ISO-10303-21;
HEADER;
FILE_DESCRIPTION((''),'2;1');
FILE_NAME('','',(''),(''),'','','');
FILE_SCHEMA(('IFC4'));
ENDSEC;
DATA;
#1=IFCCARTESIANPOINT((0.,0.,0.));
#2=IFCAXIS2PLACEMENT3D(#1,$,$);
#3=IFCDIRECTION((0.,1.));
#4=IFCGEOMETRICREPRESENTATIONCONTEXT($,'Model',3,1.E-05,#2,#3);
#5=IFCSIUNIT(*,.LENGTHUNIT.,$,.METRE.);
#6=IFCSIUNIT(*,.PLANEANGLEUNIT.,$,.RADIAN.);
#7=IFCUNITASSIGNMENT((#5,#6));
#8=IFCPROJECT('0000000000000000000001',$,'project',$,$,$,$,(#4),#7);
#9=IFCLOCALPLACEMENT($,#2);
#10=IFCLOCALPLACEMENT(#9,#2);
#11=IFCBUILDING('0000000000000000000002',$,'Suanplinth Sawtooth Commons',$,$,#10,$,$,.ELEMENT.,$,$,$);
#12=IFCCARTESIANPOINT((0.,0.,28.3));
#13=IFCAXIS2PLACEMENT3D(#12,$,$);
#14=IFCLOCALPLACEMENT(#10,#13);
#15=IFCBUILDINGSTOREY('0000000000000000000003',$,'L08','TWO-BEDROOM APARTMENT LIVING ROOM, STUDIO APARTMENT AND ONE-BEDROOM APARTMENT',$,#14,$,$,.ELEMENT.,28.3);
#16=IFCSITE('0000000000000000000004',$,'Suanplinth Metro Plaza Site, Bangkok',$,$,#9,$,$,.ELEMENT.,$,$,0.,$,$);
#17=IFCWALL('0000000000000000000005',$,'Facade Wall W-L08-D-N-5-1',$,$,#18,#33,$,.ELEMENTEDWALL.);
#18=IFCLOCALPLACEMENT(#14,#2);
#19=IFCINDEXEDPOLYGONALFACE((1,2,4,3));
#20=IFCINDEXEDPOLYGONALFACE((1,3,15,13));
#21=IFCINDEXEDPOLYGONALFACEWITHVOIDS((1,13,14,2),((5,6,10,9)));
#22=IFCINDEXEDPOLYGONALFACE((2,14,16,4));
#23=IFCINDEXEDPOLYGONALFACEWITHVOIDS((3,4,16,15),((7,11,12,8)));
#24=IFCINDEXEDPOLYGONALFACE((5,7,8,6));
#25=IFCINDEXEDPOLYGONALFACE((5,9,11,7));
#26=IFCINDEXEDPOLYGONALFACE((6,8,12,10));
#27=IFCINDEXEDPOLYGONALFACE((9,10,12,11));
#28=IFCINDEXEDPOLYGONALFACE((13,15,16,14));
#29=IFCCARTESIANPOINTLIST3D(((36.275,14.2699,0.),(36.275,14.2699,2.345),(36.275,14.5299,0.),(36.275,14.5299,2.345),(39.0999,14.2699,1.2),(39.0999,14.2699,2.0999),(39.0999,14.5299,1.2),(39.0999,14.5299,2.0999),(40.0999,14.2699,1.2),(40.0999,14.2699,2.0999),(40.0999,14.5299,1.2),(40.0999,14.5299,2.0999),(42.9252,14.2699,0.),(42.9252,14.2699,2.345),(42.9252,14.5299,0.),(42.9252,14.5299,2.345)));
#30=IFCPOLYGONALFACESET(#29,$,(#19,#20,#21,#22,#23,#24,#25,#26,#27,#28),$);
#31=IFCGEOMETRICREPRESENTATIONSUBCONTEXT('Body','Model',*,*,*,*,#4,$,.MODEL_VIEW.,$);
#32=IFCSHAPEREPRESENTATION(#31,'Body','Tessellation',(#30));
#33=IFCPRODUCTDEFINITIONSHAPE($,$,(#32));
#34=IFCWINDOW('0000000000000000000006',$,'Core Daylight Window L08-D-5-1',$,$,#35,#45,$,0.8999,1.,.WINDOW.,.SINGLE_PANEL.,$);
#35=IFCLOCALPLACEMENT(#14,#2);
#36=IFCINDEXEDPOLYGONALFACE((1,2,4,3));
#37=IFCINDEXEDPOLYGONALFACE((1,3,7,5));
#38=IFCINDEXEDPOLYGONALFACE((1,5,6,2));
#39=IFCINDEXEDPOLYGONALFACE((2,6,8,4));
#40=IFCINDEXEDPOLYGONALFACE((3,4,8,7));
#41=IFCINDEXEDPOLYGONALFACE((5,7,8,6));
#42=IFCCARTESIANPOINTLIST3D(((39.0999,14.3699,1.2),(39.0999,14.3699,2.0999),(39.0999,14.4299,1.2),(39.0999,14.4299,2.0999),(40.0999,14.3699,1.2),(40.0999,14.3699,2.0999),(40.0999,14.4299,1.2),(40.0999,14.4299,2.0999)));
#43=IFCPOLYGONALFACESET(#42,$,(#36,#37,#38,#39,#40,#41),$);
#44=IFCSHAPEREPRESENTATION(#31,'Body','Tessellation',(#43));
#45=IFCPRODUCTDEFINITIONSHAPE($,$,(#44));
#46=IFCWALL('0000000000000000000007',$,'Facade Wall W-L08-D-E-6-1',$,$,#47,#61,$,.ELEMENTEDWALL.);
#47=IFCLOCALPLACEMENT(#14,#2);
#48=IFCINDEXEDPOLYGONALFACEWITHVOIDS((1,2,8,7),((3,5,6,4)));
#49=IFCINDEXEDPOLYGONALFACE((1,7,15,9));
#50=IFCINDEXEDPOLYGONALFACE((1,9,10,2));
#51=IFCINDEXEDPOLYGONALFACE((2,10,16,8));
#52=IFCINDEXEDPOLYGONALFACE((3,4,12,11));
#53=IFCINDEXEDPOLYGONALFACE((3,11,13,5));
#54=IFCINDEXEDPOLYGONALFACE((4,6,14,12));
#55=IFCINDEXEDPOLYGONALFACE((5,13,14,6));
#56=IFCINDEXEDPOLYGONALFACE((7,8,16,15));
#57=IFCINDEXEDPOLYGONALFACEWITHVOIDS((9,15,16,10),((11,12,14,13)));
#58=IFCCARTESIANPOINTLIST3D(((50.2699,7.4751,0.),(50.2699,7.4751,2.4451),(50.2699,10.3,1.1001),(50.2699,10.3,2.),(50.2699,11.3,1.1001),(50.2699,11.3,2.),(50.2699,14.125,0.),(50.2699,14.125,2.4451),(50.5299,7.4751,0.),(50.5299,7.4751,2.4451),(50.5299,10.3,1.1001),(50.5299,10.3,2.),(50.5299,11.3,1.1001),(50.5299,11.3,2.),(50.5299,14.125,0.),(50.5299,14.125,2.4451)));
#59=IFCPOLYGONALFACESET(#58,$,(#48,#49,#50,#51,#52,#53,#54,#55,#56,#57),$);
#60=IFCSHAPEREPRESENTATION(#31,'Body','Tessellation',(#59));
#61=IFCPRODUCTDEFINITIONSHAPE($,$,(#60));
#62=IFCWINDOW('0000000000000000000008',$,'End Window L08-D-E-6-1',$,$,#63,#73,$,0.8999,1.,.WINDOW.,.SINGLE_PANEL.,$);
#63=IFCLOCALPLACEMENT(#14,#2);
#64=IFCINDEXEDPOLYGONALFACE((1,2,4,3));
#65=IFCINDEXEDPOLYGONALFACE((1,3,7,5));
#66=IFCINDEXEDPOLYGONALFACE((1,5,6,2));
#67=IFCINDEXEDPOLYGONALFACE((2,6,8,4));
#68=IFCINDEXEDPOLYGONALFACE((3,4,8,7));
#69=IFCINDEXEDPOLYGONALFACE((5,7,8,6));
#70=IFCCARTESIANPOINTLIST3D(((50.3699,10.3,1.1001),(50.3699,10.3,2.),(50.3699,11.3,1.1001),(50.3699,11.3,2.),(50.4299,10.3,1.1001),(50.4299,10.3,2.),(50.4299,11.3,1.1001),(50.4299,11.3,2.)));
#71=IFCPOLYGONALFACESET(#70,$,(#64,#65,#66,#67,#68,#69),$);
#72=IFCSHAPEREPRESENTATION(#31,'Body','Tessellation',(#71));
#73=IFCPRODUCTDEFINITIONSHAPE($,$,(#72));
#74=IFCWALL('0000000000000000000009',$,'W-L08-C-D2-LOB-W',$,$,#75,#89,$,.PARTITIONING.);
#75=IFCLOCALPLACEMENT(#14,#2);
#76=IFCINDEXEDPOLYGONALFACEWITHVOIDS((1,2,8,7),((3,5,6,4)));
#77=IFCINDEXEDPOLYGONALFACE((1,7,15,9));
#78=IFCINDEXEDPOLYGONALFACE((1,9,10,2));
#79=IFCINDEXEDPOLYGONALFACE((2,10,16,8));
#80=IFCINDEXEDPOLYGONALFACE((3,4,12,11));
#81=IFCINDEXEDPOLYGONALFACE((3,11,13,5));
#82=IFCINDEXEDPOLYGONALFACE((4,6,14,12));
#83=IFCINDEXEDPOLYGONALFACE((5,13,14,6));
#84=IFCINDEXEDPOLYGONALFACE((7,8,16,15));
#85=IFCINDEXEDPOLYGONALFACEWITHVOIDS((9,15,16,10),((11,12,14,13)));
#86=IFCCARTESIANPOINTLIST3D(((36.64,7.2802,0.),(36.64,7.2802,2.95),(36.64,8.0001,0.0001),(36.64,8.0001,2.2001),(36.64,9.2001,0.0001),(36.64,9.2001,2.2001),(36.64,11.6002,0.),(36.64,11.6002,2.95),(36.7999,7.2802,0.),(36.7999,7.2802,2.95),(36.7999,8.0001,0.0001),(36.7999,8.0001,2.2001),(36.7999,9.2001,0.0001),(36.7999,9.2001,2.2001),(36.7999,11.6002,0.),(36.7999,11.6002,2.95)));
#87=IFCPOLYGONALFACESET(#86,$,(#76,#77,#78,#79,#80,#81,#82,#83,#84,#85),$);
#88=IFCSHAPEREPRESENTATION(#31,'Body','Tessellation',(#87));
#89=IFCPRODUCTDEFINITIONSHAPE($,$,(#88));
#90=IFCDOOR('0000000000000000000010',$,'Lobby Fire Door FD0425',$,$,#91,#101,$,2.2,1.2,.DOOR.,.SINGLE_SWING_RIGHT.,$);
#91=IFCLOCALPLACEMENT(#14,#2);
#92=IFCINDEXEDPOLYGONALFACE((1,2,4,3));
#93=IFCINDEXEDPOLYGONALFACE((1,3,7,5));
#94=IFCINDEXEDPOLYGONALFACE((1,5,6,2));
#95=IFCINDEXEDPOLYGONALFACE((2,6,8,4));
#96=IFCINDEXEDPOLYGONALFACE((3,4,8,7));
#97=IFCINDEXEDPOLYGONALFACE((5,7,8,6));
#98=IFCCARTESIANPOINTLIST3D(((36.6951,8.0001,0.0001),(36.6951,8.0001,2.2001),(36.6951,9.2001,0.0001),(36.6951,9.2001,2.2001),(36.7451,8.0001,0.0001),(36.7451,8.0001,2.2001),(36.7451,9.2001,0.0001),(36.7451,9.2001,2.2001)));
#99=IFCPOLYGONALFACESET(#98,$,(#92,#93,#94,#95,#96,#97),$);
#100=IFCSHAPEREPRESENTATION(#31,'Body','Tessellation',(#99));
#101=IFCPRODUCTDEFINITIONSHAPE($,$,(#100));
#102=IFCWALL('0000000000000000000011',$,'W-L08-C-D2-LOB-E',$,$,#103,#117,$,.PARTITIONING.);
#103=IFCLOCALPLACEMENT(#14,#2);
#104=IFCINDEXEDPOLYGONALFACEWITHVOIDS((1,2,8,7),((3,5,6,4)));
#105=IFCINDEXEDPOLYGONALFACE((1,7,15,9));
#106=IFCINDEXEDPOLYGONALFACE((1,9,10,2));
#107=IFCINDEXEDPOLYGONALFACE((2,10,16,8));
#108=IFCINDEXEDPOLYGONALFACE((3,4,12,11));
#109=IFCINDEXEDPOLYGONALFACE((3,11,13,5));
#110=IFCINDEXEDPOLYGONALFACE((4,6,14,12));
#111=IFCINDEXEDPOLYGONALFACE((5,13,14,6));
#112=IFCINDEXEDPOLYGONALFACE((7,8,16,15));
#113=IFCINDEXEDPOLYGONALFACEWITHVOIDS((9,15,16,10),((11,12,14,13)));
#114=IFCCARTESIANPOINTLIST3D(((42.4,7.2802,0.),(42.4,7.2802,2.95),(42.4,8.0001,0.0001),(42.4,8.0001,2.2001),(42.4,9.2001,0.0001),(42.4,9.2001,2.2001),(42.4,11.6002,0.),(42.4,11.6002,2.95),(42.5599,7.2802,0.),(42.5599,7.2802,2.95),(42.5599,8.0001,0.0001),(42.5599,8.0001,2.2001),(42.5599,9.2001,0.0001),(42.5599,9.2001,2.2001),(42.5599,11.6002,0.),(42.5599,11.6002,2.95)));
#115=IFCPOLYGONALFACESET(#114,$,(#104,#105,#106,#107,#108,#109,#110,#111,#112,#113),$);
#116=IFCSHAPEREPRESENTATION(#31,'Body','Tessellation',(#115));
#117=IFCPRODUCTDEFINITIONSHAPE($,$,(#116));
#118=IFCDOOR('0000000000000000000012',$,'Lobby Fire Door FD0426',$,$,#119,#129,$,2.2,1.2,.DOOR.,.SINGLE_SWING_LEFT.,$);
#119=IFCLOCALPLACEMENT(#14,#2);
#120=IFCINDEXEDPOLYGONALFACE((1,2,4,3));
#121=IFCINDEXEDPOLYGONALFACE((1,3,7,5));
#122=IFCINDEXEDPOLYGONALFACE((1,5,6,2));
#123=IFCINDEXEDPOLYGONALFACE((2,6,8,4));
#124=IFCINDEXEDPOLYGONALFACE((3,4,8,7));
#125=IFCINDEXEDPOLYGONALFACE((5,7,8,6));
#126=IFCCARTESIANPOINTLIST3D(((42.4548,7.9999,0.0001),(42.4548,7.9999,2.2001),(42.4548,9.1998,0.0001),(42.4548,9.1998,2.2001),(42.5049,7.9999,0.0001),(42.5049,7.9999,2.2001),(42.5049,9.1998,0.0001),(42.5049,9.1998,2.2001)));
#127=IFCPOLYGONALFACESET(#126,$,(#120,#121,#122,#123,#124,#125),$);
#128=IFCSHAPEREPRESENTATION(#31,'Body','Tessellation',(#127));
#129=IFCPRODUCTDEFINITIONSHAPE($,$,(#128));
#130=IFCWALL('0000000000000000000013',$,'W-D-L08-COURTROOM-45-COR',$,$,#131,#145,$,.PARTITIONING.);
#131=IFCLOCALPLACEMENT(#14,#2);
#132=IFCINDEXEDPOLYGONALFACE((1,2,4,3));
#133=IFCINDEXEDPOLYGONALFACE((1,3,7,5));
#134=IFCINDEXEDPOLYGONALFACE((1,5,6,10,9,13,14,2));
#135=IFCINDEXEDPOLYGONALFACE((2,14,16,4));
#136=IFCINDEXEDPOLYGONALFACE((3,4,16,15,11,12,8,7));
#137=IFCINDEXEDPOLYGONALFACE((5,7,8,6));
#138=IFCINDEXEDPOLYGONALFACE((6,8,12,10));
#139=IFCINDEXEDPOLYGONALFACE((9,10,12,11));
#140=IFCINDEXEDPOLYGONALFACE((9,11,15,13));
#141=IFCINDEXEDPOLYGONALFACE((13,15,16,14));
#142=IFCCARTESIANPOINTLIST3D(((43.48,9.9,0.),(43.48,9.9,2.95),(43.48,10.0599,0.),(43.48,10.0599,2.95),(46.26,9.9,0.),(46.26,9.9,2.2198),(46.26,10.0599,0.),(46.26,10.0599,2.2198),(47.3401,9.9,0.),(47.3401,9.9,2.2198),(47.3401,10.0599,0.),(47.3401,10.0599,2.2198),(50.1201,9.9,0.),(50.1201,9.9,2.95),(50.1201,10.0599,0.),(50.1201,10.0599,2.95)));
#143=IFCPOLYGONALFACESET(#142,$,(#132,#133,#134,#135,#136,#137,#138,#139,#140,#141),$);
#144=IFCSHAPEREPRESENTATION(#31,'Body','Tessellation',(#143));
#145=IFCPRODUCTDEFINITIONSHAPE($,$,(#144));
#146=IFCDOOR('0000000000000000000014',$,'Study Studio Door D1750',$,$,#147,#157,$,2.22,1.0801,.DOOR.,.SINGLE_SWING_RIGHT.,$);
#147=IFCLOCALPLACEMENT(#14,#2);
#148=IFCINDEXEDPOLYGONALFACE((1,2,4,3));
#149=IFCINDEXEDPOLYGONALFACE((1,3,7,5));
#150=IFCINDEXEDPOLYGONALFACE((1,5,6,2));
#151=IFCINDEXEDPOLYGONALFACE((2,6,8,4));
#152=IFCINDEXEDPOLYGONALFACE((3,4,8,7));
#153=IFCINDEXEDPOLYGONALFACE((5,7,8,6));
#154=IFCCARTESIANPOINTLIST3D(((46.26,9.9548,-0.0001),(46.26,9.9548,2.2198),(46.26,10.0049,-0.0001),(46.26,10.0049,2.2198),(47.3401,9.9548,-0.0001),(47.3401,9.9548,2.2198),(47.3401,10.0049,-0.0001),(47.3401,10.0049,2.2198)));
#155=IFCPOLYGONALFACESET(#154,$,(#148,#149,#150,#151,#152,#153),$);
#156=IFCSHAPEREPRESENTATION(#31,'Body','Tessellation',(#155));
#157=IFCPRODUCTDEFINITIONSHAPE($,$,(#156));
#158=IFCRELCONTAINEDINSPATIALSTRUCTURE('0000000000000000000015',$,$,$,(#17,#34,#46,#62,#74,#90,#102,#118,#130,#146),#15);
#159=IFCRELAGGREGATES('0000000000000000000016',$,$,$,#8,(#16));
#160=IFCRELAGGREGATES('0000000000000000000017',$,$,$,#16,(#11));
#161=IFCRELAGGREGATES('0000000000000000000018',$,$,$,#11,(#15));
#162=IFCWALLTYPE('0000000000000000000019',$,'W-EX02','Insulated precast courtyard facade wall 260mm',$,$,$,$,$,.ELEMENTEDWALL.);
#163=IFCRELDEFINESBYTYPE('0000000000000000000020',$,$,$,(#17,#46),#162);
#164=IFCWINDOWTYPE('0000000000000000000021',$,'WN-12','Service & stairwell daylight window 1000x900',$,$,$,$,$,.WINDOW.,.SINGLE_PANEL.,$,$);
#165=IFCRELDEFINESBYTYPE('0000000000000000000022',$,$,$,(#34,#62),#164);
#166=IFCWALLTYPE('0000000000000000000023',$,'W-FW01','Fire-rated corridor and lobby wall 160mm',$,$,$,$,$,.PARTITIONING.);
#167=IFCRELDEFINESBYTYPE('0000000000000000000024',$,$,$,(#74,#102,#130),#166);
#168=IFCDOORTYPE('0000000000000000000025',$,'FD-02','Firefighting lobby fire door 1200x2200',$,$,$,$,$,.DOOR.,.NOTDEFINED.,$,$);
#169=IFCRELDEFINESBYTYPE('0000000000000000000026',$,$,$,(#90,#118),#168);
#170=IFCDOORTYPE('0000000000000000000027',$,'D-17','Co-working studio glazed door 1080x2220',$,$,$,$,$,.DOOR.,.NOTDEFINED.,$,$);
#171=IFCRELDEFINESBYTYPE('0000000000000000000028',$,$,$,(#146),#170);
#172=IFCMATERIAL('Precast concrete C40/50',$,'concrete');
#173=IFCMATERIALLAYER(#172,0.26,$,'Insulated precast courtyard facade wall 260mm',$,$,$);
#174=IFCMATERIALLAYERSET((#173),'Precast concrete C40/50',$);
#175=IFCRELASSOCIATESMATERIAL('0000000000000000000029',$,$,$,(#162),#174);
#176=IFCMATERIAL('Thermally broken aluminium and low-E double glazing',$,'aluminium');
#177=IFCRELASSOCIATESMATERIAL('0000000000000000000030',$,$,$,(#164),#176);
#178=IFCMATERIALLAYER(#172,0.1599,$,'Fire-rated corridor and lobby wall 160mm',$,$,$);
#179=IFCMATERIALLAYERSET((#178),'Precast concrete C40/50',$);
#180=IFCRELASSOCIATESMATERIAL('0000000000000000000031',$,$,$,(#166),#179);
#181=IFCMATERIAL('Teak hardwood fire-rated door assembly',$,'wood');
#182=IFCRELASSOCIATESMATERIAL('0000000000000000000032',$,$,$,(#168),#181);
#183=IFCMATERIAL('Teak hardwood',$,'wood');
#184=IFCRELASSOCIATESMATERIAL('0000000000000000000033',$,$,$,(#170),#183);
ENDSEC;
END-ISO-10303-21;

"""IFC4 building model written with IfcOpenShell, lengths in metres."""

from ifc_helpers import new_model, si_unit, direction, frame, frame_2d, origin, place, context, subcontext, project, spatial, rectangle, extrude, material, layer, layer_set, type_object, element, fill, save


model = new_model("IFC4")

# Units and contexts
model_context = context("Model", 3, precision=1e-05, world=origin(), true_north=direction((0.0, 1.0)))
body_context = subcontext(model_context, "Body", "Model", "MODEL_VIEW")
ifc_project = project(units=[si_unit("LENGTHUNIT", "METRE"), si_unit("PLANEANGLEUNIT", "RADIAN")], contexts=[model_context])

# Site, building, storey
site_placement = place(None, origin())
site = spatial("IfcSite", under=ifc_project, at=site_placement, Name="Suanplinth Metro Plaza Site, Bangkok", CompositionType="ELEMENT", RefElevation=0.0)
building_placement = place(site_placement, origin())
building = spatial("IfcBuilding", under=site, at=building_placement, Name="Suanplinth Sawtooth Commons", CompositionType="ELEMENT")
storey_placement = place(building_placement, frame((0.0, 0.0, 28.3)))
storey = spatial("IfcBuildingStorey", under=building, at=storey_placement, Name="L08", Description="TWO-BEDROOM APARTMENT LIVING ROOM, STUDIO APARTMENT AND ONE-BEDROOM APARTMENT", CompositionType="ELEMENT", Elevation=28.3)

# Shared definitions
ifc_material_1 = material(Name="Precast concrete C40/50", Category="concrete")

# Wall, opening, window
ifc_layer_1 = layer(ifc_material_1, 0.26, Name="Insulated precast courtyard facade wall 260mm")
ifc_layer_set_1 = layer_set([ifc_layer_1], Name="Precast concrete C40/50")
wall_type_1 = type_object("IfcWallType", Name="W-EX02", Description="Insulated precast courtyard facade wall 260mm", PredefinedType="ELEMENTEDWALL", material=ifc_layer_set_1)
wall_1_placement = place(storey_placement, frame((36.2749, 14.3999, 0.0), z_axis=(0.0, 0.0, 1.0), x_axis=(1.0, 0.0, 0.0)))
wall_1 = element("IfcWall", 1, at=wall_1_placement, inside=storey, type_object=wall_type_1, Name="Facade Wall W-L08-D-N-5-1", PredefinedType="ELEMENTEDWALL", context=body_context, shape_type="SweptSolid", body=[
    extrude(rectangle(XDim=6.6501, YDim=0.26, at=frame_2d((3.3252, 0.0))), origin(), (0.0, 0.0, 1.0), 2.345),
])
opening_1_placement = place(wall_1_placement, frame((2.825, 0.0, 1.2)))
opening_1 = element("IfcOpeningElement", 2, at=opening_1_placement, cuts=wall_1, PredefinedType="OPENING", context=body_context, shape_type="SweptSolid", body=[
    extrude(rectangle(XDim=1.0, YDim=0.8999, at=frame_2d((0.5, 0.45))), frame((0.0, 0.145, 0.0), z_axis=(0.0, -1.0, 0.0), x_axis=(1.0, 0.0, 0.0)), (0.0, 0.0, 1.0), 0.2898),
])
ifc_material_2 = material(Name="Thermally broken aluminium and low-E double glazing", Category="aluminium")
window_type_1 = type_object("IfcWindowType", Name="WN-12", Description="Service & stairwell daylight window 1000x900", PartitioningType="SINGLE_PANEL", PredefinedType="WINDOW", material=ifc_material_2)
window_1_placement = place(opening_1_placement, origin())
window_1 = element("IfcWindow", 3, at=window_1_placement, inside=storey, type_object=window_type_1, Name="Core Daylight Window L08-D-5-1", OverallHeight=0.8999, OverallWidth=1.0, PartitioningType="SINGLE_PANEL", PredefinedType="WINDOW", context=body_context, shape_type="SweptSolid", body=[
    extrude(rectangle(XDim=1.0, YDim=0.8999, at=frame_2d((0.5, 0.45))), frame((0.0, 0.03, 0.0), z_axis=(0.0, -1.0, 0.0), x_axis=(1.0, 0.0, 0.0)), (0.0, 0.0, 1.0), 0.0601),
])
fill(opening_1, window_1)

# Wall, opening, window
wall_2_placement = place(storey_placement, frame((50.3999, 7.4751, 0.0), z_axis=(0.0, 0.0, 1.0), x_axis=(0.0, 1.0, 0.0)))
wall_2 = element("IfcWall", 4, at=wall_2_placement, inside=storey, type_object=wall_type_1, Name="Facade Wall W-L08-D-E-6-1", PredefinedType="ELEMENTEDWALL", context=body_context, shape_type="SweptSolid", body=[
    extrude(rectangle(XDim=6.6499, YDim=0.26, at=frame_2d((3.325, 0.0))), origin(), (0.0, 0.0, 1.0), 2.4451),
])
opening_2_placement = place(wall_2_placement, frame((2.825, 0.0, 1.1001)))
opening_2 = element("IfcOpeningElement", 5, at=opening_2_placement, cuts=wall_2, PredefinedType="OPENING", context=body_context, shape_type="SweptSolid", body=[
    extrude(rectangle(XDim=1.0, YDim=0.8999, at=frame_2d((0.5, 0.45))), frame((0.0, 0.145, 0.0), z_axis=(0.0, -1.0, 0.0), x_axis=(1.0, 0.0, 0.0)), (0.0, 0.0, 1.0), 0.2898),
])
window_2_placement = place(opening_2_placement, origin())
window_2 = element("IfcWindow", 6, at=window_2_placement, inside=storey, type_object=window_type_1, Name="End Window L08-D-E-6-1", OverallHeight=0.8999, OverallWidth=1.0, PartitioningType="SINGLE_PANEL", PredefinedType="WINDOW", context=body_context, shape_type="SweptSolid", body=[
    extrude(rectangle(XDim=1.0, YDim=0.8999, at=frame_2d((0.5, 0.45))), frame((0.0, 0.03, 0.0), z_axis=(0.0, -1.0, 0.0), x_axis=(1.0, 0.0, 0.0)), (0.0, 0.0, 1.0), 0.0601),
])
fill(opening_2, window_2)

# Walls, openings, doors
ifc_layer_2 = layer(ifc_material_1, 0.1599, Name="Fire-rated corridor and lobby wall 160mm")
ifc_layer_set_2 = layer_set([ifc_layer_2], Name="Precast concrete C40/50")
wall_type_2 = type_object("IfcWallType", Name="W-FW01", Description="Fire-rated corridor and lobby wall 160mm", PredefinedType="PARTITIONING", material=ifc_layer_set_2)
wall_3_placement = place(storey_placement, frame((36.72, 7.28, 0.0), z_axis=(0.0, 0.0, 1.0), x_axis=(0.0, 1.0, 0.0)))
wall_3 = element("IfcWall", 7, at=wall_3_placement, inside=storey, type_object=wall_type_2, Name="W-L08-C-D2-LOB-W", PredefinedType="PARTITIONING", context=body_context, shape_type="SweptSolid", body=[
    extrude(rectangle(XDim=4.3201, YDim=0.1599, at=frame_2d((2.1602, 0.0))), origin(), (0.0, 0.0, 1.0), 2.95),
])
opening_3_placement = place(wall_3_placement, frame((0.72, 0.0, 0.0)))
opening_3 = element("IfcOpeningElement", 8, at=opening_3_placement, cuts=wall_3, PredefinedType="OPENING", context=body_context, shape_type="SweptSolid", body=[
    extrude(rectangle(XDim=1.2, YDim=2.2, at=frame_2d((0.6001, 1.1001))), frame((0.0, 0.0947, 0.0), z_axis=(0.0, -1.0, 0.0), x_axis=(1.0, 0.0, 0.0)), (0.0, 0.0, 1.0), 0.1897),
])
ifc_material_3 = material(Name="Teak hardwood fire-rated door assembly", Category="wood")
door_type_1 = type_object("IfcDoorType", Name="FD-02", Description="Firefighting lobby fire door 1200x2200", OperationType="NOTDEFINED", PredefinedType="DOOR", material=ifc_material_3)
door_1_placement = place(opening_3_placement, origin())
door_1 = element("IfcDoor", 9, at=door_1_placement, inside=storey, type_object=door_type_1, Name="Lobby Fire Door FD0425", OperationType="SINGLE_SWING_RIGHT", OverallHeight=2.2, OverallWidth=1.2, PredefinedType="DOOR", context=body_context, shape_type="SweptSolid", body=[
    extrude(rectangle(XDim=1.2, YDim=2.2, at=frame_2d((0.6001, 1.1001))), frame((0.0, 0.0249, 0.0), z_axis=(0.0, -1.0, 0.0), x_axis=(1.0, 0.0, 0.0)), (0.0, 0.0, 1.0), 0.05),
])
fill(opening_3, door_1)
wall_4_placement = place(storey_placement, frame((42.48, 7.28, 0.0), z_axis=(0.0, 0.0, 1.0), x_axis=(0.0, 1.0, 0.0)))
wall_4 = element("IfcWall", 10, at=wall_4_placement, inside=storey, type_object=wall_type_2, Name="W-L08-C-D2-LOB-E", PredefinedType="PARTITIONING", context=body_context, shape_type="SweptSolid", body=[
    extrude(rectangle(XDim=4.3201, YDim=0.1599, at=frame_2d((2.1602, 0.0))), origin(), (0.0, 0.0, 1.0), 2.95),
])
opening_4_placement = place(wall_4_placement, frame((0.72, 0.0, 0.0)))
opening_4 = element("IfcOpeningElement", 11, at=opening_4_placement, cuts=wall_4, PredefinedType="OPENING", context=body_context, shape_type="SweptSolid", body=[
    extrude(rectangle(XDim=1.2, YDim=2.2, at=frame_2d((0.6001, 1.1001))), frame((0.0, 0.0947, 0.0), z_axis=(0.0, -1.0, 0.0), x_axis=(1.0, 0.0, 0.0)), (0.0, 0.0, 1.0), 0.1897),
])
door_2_placement = place(opening_4_placement, frame((1.2, 0.0, 0.0), z_axis=(0.0, 0.0, 1.0), x_axis=(-1.0, 0.0, 0.0)))
door_2 = element("IfcDoor", 12, at=door_2_placement, inside=storey, type_object=door_type_1, Name="Lobby Fire Door FD0426", OperationType="SINGLE_SWING_LEFT", OverallHeight=2.2, OverallWidth=1.2, PredefinedType="DOOR", context=body_context, shape_type="SweptSolid", body=[
    extrude(rectangle(XDim=1.2, YDim=2.2, at=frame_2d((0.6001, 1.1001))), frame((0.0, 0.0249, 0.0), z_axis=(0.0, -1.0, 0.0), x_axis=(1.0, 0.0, 0.0)), (0.0, 0.0, 1.0), 0.05),
])
fill(opening_4, door_2)
wall_5_placement = place(storey_placement, frame((43.48, 9.98, 0.0), z_axis=(0.0, 0.0, 1.0), x_axis=(1.0, 0.0, 0.0)))
wall_5 = element("IfcWall", 13, at=wall_5_placement, inside=storey, type_object=wall_type_2, Name="W-D-L08-COURTROOM-45-COR", PredefinedType="PARTITIONING", context=body_context, shape_type="SweptSolid", body=[
    extrude(rectangle(XDim=6.6401, YDim=0.1599, at=frame_2d((3.3201, 0.0))), origin(), (0.0, 0.0, 1.0), 2.95),
])
opening_5_placement = place(wall_5_placement, frame((2.78, 0.0, 0.0)))
opening_5 = element("IfcOpeningElement", 14, at=opening_5_placement, cuts=wall_5, PredefinedType="OPENING", context=body_context, shape_type="SweptSolid", body=[
    extrude(rectangle(XDim=1.0801, YDim=2.22, at=frame_2d((0.54, 1.1099))), frame((0.0, 0.0947, 0.0), z_axis=(0.0, -1.0, 0.0), x_axis=(1.0, 0.0, 0.0)), (0.0, 0.0, 1.0), 0.1897),
])
ifc_material_4 = material(Name="Teak hardwood", Category="wood")
door_type_2 = type_object("IfcDoorType", Name="D-17", Description="Co-working studio glazed door 1080x2220", OperationType="NOTDEFINED", PredefinedType="DOOR", material=ifc_material_4)
door_3_placement = place(opening_5_placement, origin())
door_3 = element("IfcDoor", 15, at=door_3_placement, inside=storey, type_object=door_type_2, Name="Study Studio Door D1750", OperationType="SINGLE_SWING_RIGHT", OverallHeight=2.22, OverallWidth=1.0801, PredefinedType="DOOR", context=body_context, shape_type="SweptSolid", body=[
    extrude(rectangle(XDim=1.0801, YDim=2.22, at=frame_2d((0.54, 1.1099))), frame((0.0, 0.0249, 0.0), z_axis=(0.0, -1.0, 0.0), x_axis=(1.0, 0.0, 0.0)), (0.0, 0.0, 1.0), 0.05),
])
fill(opening_5, door_3)

save(model, "model.ifc")
